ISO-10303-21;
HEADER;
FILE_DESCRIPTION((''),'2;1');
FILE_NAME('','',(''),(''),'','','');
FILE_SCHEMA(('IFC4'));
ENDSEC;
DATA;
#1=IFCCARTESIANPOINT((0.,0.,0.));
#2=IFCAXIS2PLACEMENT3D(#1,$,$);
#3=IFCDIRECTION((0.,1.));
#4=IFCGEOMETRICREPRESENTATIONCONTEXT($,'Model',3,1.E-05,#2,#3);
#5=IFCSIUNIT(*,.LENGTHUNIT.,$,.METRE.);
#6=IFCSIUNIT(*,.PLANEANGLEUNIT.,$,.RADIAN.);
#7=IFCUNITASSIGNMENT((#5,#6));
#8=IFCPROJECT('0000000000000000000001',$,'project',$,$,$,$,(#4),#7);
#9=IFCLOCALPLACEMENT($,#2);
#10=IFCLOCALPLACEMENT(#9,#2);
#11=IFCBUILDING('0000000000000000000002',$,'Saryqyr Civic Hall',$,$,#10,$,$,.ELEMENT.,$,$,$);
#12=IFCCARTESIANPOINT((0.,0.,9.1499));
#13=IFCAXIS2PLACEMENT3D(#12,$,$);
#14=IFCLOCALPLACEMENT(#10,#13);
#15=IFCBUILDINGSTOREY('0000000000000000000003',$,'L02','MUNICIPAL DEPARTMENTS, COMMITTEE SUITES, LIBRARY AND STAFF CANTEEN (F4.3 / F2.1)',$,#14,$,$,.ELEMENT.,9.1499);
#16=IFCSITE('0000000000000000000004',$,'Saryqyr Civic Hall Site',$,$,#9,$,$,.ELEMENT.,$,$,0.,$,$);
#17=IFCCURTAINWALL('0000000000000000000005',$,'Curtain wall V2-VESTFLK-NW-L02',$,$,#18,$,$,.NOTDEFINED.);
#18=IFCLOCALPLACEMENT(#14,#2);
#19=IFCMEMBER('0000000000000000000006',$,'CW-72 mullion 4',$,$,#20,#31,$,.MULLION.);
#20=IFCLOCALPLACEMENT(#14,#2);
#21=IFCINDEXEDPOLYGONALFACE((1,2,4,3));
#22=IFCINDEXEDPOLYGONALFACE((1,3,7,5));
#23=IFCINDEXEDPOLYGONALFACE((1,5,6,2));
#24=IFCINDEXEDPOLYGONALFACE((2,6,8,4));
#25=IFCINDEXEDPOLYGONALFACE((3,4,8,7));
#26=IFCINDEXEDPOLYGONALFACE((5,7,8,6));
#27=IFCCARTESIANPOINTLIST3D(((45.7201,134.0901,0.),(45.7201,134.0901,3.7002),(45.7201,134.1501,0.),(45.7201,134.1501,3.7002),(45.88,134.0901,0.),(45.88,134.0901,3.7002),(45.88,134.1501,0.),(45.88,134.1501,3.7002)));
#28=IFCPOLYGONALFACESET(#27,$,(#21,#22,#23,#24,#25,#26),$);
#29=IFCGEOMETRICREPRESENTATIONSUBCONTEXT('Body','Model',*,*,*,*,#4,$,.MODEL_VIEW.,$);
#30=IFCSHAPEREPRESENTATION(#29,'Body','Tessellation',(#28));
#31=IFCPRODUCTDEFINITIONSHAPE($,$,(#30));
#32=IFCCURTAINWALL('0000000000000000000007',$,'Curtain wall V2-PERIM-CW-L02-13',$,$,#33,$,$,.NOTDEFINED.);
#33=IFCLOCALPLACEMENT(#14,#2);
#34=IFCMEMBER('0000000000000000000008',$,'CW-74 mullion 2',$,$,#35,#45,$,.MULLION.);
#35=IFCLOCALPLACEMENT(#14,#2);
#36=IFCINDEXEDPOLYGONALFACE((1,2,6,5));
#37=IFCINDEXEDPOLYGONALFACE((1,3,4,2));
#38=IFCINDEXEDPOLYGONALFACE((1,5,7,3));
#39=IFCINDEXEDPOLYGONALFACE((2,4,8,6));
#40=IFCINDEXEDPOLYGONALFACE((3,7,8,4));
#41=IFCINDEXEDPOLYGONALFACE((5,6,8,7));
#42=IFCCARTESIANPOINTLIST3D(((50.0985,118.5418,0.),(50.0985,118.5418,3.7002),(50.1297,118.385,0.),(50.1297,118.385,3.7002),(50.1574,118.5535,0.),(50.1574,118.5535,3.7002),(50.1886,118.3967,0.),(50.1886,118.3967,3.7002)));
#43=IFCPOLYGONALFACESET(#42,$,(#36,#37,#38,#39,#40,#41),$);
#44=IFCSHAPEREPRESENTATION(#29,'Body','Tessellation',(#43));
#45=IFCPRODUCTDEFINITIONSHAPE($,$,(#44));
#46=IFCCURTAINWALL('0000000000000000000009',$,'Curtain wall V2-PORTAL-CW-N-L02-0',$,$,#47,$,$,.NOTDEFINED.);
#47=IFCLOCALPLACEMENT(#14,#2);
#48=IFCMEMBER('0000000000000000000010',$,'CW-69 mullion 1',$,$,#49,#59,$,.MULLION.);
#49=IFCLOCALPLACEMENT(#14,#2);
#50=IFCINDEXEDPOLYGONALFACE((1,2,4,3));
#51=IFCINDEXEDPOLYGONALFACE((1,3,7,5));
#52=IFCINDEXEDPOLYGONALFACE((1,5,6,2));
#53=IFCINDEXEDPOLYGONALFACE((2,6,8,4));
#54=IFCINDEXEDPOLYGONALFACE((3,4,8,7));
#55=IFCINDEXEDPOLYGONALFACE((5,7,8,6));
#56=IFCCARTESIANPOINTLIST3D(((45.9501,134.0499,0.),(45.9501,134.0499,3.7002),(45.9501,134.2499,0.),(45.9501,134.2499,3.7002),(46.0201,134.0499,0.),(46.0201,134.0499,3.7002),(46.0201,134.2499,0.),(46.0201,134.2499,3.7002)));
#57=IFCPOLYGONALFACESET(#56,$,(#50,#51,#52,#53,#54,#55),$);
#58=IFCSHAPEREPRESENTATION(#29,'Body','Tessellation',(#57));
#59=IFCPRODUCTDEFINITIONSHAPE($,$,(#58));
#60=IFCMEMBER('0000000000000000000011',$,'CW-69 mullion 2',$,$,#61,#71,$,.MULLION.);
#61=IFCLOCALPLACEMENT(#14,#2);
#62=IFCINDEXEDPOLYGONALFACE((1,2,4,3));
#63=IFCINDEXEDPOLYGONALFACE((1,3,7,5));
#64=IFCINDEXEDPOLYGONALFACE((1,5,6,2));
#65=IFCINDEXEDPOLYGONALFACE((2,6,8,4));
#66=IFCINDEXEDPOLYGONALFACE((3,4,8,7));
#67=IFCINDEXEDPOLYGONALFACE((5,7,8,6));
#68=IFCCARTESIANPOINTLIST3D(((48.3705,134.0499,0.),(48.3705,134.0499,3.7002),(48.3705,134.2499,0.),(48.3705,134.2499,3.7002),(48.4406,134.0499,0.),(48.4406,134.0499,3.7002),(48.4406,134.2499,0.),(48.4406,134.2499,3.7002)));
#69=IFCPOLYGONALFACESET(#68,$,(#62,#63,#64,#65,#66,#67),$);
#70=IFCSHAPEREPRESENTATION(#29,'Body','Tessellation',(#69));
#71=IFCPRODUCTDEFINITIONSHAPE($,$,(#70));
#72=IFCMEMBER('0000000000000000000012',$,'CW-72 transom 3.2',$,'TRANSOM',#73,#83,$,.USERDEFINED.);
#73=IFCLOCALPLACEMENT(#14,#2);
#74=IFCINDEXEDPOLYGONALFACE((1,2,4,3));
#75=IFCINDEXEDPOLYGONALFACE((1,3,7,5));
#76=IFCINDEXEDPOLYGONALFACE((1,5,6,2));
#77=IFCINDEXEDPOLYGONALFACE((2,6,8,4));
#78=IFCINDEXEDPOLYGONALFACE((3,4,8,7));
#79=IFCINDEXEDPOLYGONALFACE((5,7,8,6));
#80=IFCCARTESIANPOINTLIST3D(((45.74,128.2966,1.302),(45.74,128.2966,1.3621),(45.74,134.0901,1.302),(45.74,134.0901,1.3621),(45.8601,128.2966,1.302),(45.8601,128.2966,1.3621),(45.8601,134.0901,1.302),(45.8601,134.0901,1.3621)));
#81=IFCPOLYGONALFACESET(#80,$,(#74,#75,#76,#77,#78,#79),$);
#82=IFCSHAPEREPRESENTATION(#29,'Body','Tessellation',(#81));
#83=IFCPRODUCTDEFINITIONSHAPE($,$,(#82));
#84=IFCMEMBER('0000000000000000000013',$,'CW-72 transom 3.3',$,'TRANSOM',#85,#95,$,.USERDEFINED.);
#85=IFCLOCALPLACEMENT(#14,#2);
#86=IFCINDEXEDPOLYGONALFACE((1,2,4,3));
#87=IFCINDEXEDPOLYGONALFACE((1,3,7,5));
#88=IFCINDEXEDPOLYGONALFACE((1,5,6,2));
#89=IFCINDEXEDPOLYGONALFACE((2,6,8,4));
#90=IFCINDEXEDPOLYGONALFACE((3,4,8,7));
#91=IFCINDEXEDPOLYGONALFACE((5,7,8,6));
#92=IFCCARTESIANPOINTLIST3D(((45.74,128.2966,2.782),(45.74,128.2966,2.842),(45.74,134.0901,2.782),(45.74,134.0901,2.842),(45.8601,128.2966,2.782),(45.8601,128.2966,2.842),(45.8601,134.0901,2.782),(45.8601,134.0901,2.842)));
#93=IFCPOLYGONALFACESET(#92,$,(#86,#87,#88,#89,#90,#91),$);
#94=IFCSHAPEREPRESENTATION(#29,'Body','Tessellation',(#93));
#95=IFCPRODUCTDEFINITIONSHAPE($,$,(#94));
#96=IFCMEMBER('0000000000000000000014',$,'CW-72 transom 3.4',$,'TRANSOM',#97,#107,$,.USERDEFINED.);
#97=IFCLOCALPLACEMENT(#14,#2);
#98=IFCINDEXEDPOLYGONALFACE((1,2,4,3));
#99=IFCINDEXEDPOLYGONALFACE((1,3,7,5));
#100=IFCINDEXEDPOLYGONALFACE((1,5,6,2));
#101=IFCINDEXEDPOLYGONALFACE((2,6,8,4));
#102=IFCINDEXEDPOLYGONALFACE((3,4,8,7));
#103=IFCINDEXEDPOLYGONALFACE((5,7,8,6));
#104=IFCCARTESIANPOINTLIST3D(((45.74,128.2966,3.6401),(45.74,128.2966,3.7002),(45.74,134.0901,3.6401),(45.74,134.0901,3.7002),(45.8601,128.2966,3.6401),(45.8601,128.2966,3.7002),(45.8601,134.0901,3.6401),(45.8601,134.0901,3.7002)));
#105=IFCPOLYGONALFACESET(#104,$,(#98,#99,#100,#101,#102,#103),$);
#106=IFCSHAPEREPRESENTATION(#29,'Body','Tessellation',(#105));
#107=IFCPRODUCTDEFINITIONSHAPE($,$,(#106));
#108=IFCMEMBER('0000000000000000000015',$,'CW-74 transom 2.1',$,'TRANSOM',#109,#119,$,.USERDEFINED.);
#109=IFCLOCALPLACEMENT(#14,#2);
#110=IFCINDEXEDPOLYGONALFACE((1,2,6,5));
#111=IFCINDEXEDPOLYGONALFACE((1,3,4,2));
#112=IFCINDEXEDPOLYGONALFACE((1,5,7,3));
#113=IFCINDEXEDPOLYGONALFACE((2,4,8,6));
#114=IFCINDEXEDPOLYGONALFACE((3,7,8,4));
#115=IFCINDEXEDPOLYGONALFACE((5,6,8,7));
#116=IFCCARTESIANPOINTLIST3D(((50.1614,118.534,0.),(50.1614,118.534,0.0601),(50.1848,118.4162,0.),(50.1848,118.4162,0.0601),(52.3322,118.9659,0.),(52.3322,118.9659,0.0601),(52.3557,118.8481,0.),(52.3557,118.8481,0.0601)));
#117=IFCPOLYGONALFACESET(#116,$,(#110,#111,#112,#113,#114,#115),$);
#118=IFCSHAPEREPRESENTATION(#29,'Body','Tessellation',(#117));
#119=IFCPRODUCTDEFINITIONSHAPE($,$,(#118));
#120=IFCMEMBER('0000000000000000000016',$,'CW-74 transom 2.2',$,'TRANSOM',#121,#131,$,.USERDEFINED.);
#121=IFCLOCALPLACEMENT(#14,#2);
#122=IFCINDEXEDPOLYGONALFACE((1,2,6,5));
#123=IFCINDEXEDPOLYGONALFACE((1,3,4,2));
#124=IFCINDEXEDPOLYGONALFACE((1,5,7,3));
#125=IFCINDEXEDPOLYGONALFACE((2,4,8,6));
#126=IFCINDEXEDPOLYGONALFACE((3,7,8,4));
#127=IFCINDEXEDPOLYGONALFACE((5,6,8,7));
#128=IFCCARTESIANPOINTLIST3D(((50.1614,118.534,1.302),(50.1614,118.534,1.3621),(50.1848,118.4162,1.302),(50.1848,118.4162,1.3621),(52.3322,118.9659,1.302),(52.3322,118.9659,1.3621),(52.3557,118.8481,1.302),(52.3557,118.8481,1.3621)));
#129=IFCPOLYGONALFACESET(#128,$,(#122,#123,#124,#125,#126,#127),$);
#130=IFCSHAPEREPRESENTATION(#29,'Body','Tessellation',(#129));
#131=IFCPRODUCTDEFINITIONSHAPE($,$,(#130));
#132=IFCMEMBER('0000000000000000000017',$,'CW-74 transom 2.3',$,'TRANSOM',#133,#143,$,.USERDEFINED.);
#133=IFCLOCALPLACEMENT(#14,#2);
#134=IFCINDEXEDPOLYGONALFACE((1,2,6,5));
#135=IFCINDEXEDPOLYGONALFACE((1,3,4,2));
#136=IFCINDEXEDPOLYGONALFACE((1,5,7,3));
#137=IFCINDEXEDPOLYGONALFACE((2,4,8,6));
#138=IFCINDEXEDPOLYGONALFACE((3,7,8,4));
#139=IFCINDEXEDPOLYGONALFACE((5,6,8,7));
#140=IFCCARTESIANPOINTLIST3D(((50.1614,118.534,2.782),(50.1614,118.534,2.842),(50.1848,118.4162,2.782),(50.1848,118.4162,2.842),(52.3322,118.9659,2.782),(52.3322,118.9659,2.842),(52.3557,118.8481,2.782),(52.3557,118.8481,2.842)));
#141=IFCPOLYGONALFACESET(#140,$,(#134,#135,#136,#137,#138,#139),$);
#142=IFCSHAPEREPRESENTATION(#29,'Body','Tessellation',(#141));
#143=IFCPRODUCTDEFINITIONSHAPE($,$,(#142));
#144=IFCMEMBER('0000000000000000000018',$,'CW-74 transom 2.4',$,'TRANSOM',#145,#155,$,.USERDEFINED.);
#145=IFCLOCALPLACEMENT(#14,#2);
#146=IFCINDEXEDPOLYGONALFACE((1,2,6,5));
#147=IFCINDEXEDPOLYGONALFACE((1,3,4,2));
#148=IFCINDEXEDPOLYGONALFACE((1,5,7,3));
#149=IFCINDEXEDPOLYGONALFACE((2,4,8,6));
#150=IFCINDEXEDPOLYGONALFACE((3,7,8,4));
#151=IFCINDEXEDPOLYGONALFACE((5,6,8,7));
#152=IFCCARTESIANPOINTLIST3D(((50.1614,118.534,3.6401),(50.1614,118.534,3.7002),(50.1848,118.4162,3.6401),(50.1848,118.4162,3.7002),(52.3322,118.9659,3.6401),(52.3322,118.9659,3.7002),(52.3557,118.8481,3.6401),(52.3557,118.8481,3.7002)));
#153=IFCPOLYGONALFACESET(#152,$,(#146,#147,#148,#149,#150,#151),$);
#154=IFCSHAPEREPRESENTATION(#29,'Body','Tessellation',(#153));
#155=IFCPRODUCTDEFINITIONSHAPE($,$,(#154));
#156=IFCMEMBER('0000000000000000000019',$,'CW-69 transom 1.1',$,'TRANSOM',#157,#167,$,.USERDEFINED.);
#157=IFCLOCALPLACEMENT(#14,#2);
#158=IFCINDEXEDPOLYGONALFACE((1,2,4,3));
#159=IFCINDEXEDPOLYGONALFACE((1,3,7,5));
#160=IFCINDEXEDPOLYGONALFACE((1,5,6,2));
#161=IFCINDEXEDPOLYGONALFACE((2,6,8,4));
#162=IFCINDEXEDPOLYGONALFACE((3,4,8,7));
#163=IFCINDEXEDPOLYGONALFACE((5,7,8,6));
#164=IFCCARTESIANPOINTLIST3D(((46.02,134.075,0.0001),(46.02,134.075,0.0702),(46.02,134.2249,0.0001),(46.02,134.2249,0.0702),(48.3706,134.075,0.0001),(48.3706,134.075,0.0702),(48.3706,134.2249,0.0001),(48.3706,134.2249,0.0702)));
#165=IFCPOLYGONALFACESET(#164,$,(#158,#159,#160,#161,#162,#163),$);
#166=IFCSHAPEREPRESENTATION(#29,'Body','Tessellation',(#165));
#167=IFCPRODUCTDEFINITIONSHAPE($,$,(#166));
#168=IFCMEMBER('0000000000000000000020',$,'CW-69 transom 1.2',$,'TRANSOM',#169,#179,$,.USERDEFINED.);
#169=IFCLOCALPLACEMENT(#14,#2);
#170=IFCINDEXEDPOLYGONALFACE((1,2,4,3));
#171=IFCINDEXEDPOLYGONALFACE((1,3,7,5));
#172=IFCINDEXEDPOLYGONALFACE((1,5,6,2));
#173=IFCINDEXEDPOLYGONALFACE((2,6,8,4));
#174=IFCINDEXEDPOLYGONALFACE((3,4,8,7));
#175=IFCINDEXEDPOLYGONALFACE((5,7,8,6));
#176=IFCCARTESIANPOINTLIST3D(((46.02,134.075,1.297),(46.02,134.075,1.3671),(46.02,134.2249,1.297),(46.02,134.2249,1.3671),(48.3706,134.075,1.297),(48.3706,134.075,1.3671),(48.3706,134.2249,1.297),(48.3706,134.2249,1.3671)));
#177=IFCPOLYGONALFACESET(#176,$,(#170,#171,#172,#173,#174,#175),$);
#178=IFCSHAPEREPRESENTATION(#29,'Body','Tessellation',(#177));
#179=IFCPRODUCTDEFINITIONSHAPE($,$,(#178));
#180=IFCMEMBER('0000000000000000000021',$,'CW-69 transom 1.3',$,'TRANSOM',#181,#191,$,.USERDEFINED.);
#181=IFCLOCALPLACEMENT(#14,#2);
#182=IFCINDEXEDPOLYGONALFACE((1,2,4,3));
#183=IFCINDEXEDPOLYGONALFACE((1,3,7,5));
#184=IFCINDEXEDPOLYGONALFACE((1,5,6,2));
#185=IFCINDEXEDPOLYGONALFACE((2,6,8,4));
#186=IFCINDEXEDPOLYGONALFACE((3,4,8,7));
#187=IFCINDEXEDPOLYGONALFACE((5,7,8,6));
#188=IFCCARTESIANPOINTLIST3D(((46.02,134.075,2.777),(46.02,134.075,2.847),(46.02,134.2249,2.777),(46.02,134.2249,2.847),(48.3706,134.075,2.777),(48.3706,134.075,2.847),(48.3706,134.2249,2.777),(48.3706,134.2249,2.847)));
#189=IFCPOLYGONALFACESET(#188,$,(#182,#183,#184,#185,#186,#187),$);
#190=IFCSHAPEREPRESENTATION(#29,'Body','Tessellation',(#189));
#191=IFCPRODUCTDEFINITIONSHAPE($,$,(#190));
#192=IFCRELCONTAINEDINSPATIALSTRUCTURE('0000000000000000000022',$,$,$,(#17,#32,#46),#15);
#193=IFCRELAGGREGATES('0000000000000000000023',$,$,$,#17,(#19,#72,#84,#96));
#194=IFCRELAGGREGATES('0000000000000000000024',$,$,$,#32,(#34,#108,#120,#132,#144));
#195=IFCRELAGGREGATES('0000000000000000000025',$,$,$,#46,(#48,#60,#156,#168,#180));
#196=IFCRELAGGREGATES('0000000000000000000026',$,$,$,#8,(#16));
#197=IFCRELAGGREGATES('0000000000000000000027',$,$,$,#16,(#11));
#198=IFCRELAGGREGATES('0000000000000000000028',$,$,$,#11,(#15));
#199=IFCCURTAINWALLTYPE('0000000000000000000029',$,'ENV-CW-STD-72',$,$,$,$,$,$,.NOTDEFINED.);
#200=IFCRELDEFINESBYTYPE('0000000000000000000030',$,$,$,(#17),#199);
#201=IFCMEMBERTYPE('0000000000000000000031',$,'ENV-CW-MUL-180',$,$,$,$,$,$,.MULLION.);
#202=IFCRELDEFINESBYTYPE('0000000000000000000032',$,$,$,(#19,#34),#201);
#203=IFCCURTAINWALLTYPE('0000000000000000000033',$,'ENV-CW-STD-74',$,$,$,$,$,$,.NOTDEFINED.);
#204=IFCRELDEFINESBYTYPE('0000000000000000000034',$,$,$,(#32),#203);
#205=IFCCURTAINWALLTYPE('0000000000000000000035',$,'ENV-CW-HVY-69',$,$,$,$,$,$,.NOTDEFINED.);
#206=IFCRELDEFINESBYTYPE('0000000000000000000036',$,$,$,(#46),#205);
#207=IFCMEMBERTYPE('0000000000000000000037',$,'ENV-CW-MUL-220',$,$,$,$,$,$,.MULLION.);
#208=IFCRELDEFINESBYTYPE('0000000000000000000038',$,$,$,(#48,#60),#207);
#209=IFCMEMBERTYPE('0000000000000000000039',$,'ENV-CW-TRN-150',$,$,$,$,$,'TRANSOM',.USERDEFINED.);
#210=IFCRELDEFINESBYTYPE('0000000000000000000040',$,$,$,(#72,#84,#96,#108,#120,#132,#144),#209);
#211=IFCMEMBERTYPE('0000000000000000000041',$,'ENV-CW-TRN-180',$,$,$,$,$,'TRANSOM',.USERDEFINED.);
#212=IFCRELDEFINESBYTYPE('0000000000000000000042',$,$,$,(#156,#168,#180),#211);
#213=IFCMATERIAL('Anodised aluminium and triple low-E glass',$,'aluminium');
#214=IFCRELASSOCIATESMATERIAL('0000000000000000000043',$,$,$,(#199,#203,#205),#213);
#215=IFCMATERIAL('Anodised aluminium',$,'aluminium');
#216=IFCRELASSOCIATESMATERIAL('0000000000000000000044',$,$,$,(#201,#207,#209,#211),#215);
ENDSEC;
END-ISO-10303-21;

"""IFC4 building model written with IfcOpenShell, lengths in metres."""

from ifc_helpers import new_model, si_unit, direction, frame, origin, origin_2d, place, context, subcontext, project, spatial, rectangle, extrude, material, material_profile, profile_set, type_object, element, aggregate, save


model = new_model("IFC4")

# Units and contexts
model_context = context("Model", 3, precision=1e-05, world=origin(), true_north=direction((0.0, 1.0)))
body_context = subcontext(model_context, "Body", "Model", "MODEL_VIEW")
ifc_project = project(units=[si_unit("LENGTHUNIT", "METRE"), si_unit("PLANEANGLEUNIT", "RADIAN")], contexts=[model_context])

# Site, building, storey
site_placement = place(None, origin())
site = spatial("IfcSite", under=ifc_project, at=site_placement, Name="Saryqyr Civic Hall Site", CompositionType="ELEMENT", RefElevation=0.0)
building_placement = place(site_placement, origin())
building = spatial("IfcBuilding", under=site, at=building_placement, Name="Saryqyr Civic Hall", CompositionType="ELEMENT")
storey_placement = place(building_placement, frame((0.0, 0.0, 9.1499)))
storey = spatial("IfcBuildingStorey", under=building, at=storey_placement, Name="L02", Description="MUNICIPAL DEPARTMENTS, COMMITTEE SUITES, LIBRARY AND STAFF CANTEEN (F4.3 / F2.1)", CompositionType="ELEMENT", Elevation=9.1499)

# Curtain walls, members
ifc_material_1 = material(Name="Anodised aluminium and triple low-E glass", Category="aluminium")
curtain_wall_type_1 = type_object("IfcCurtainWallType", Name="ENV-CW-STD-72", PredefinedType="NOTDEFINED", material=ifc_material_1)
curtain_wall_1_placement = place(storey_placement, origin())
curtain_wall_1 = element("IfcCurtainWall", 1, at=curtain_wall_1_placement, inside=storey, type_object=curtain_wall_type_1, Name="Curtain wall V2-VESTFLK-NW-L02", PredefinedType="NOTDEFINED")
ifc_material_2 = material(Name="Anodised aluminium", Category="aluminium")
ifc_material_profile_1 = material_profile(ifc_material_2, rectangle(XDim=0.0601, YDim=0.1599, at=origin_2d()), Name="ALU MULLION 60x160")
ifc_profile_set_1 = profile_set([ifc_material_profile_1], Name="Anodised aluminium")
member_type_1 = type_object("IfcMemberType", Name="ENV-CW-MUL-180", PredefinedType="MULLION", material=ifc_profile_set_1)
member_1_placement = place(storey_placement, frame((45.8, 134.1201, 0.0), z_axis=(0.0, 0.0, 1.0), x_axis=(0.0, 1.0, 0.0)))
member_1 = element("IfcMember", 2, at=member_1_placement, type_object=member_type_1, Name="CW-72 mullion 4", PredefinedType="MULLION", context=body_context, shape_type="SweptSolid", body=[
    extrude(rectangle(XDim=0.0601, YDim=0.1599, at=origin_2d()), origin(), (0.0, 0.0, 1.0), 3.7002),
])
curtain_wall_type_2 = type_object("IfcCurtainWallType", Name="ENV-CW-STD-74", PredefinedType="NOTDEFINED", material=ifc_material_1)
curtain_wall_2_placement = place(storey_placement, origin())
curtain_wall_2 = element("IfcCurtainWall", 3, at=curtain_wall_2_placement, inside=storey, type_object=curtain_wall_type_2, Name="Curtain wall V2-PERIM-CW-L02-13", PredefinedType="NOTDEFINED")
member_2_placement = place(storey_placement, frame((50.1436, 118.4692, 0.0), z_axis=(0.0, 0.0, 1.0), x_axis=(0.980785, 0.195093, 0.0)))
member_2 = element("IfcMember", 4, at=member_2_placement, type_object=member_type_1, Name="CW-74 mullion 2", PredefinedType="MULLION", context=body_context, shape_type="SweptSolid", body=[
    extrude(rectangle(XDim=0.0601, YDim=0.1599, at=origin_2d()), origin(), (0.0, 0.0, 1.0), 3.7002),
])

# Curtain wall, members
curtain_wall_type_3 = type_object("IfcCurtainWallType", Name="ENV-CW-HVY-69", PredefinedType="NOTDEFINED", material=ifc_material_1)
curtain_wall_3_placement = place(storey_placement, origin())
curtain_wall_3 = element("IfcCurtainWall", 5, at=curtain_wall_3_placement, inside=storey, type_object=curtain_wall_type_3, Name="Curtain wall V2-PORTAL-CW-N-L02-0", PredefinedType="NOTDEFINED")
ifc_material_profile_2 = material_profile(ifc_material_2, rectangle(XDim=0.0701, YDim=0.2, at=origin_2d()), Name="ALU MULLION 70x200")
ifc_profile_set_2 = profile_set([ifc_material_profile_2], Name="Anodised aluminium")
member_type_2 = type_object("IfcMemberType", Name="ENV-CW-MUL-220", PredefinedType="MULLION", material=ifc_profile_set_2)
member_3_placement = place(storey_placement, frame((45.9851, 134.1499, 0.0), z_axis=(0.0, 0.0, 1.0), x_axis=(1.0, 0.0, 0.0)))
member_3 = element("IfcMember", 6, at=member_3_placement, type_object=member_type_2, Name="CW-69 mullion 1", PredefinedType="MULLION", context=body_context, shape_type="SweptSolid", body=[
    extrude(rectangle(XDim=0.0701, YDim=0.2, at=origin_2d()), origin(), (0.0, 0.0, 1.0), 3.7002),
])
member_4_placement = place(storey_placement, frame((48.4055, 134.1499, 0.0), z_axis=(0.0, 0.0, 1.0), x_axis=(1.0, 0.0, 0.0)))
member_4 = element("IfcMember", 7, at=member_4_placement, type_object=member_type_2, Name="CW-69 mullion 2", PredefinedType="MULLION", context=body_context, shape_type="SweptSolid", body=[
    extrude(rectangle(XDim=0.0701, YDim=0.2, at=origin_2d()), origin(), (0.0, 0.0, 1.0), 3.7002),
])

# Members
ifc_material_profile_3 = material_profile(ifc_material_2, rectangle(XDim=0.1201, YDim=0.0601, at=origin_2d()), Name="ALU TRANSOM 120x60")
ifc_profile_set_3 = profile_set([ifc_material_profile_3], Name="Anodised aluminium")
member_type_3 = type_object("IfcMemberType", Name="ENV-CW-TRN-150", ElementType="TRANSOM", PredefinedType="USERDEFINED", material=ifc_profile_set_3)
member_5_placement = place(storey_placement, frame((45.8, 128.2966, 1.332), z_axis=(0.0, 1.0, 0.0), x_axis=(-1.0, 0.0, 0.0)))
member_5 = element("IfcMember", 8, at=member_5_placement, type_object=member_type_3, Name="CW-72 transom 3.2", ObjectType="TRANSOM", PredefinedType="USERDEFINED", context=body_context, shape_type="SweptSolid", body=[
    extrude(rectangle(XDim=0.1201, YDim=0.0601, at=origin_2d()), origin(), (0.0, 0.0, 1.0), 5.7935),
])
member_6_placement = place(storey_placement, frame((45.8, 128.2966, 2.812), z_axis=(0.0, 1.0, 0.0), x_axis=(-1.0, 0.0, 0.0)))
member_6 = element("IfcMember", 9, at=member_6_placement, type_object=member_type_3, Name="CW-72 transom 3.3", ObjectType="TRANSOM", PredefinedType="USERDEFINED", context=body_context, shape_type="SweptSolid", body=[
    extrude(rectangle(XDim=0.1201, YDim=0.0601, at=origin_2d()), origin(), (0.0, 0.0, 1.0), 5.7935),
])
member_7_placement = place(storey_placement, frame((45.8, 128.2966, 3.6702), z_axis=(0.0, 1.0, 0.0), x_axis=(-1.0, 0.0, 0.0)))
member_7 = element("IfcMember", 10, at=member_7_placement, type_object=member_type_3, Name="CW-72 transom 3.4", ObjectType="TRANSOM", PredefinedType="USERDEFINED", context=body_context, shape_type="SweptSolid", body=[
    extrude(rectangle(XDim=0.1201, YDim=0.0601, at=origin_2d()), origin(), (0.0, 0.0, 1.0), 5.7935),
])
member_8_placement = place(storey_placement, frame((50.1731, 118.4751, 0.03), z_axis=(0.98078, 0.195119, 0.0), x_axis=(-0.195119, 0.98078, 0.0)))
member_8 = element("IfcMember", 11, at=member_8_placement, type_object=member_type_3, Name="CW-74 transom 2.1", ObjectType="TRANSOM", PredefinedType="USERDEFINED", context=body_context, shape_type="SweptSolid", body=[
    extrude(rectangle(XDim=0.1201, YDim=0.0601, at=origin_2d()), origin(), (0.0, 0.0, 1.0), 2.2134),
])
member_9_placement = place(storey_placement, frame((50.1731, 118.4751, 1.332), z_axis=(0.98078, 0.195119, 0.0), x_axis=(-0.195119, 0.98078, 0.0)))
member_9 = element("IfcMember", 12, at=member_9_placement, type_object=member_type_3, Name="CW-74 transom 2.2", ObjectType="TRANSOM", PredefinedType="USERDEFINED", context=body_context, shape_type="SweptSolid", body=[
    extrude(rectangle(XDim=0.1201, YDim=0.0601, at=origin_2d()), origin(), (0.0, 0.0, 1.0), 2.2134),
])
member_10_placement = place(storey_placement, frame((50.1731, 118.4751, 2.812), z_axis=(0.98078, 0.195119, 0.0), x_axis=(-0.195119, 0.98078, 0.0)))
member_10 = element("IfcMember", 13, at=member_10_placement, type_object=member_type_3, Name="CW-74 transom 2.3", ObjectType="TRANSOM", PredefinedType="USERDEFINED", context=body_context, shape_type="SweptSolid", body=[
    extrude(rectangle(XDim=0.1201, YDim=0.0601, at=origin_2d()), origin(), (0.0, 0.0, 1.0), 2.2134),
])
member_11_placement = place(storey_placement, frame((50.1731, 118.4751, 3.6702), z_axis=(0.98078, 0.195119, 0.0), x_axis=(-0.195119, 0.98078, 0.0)))
member_11 = element("IfcMember", 14, at=member_11_placement, type_object=member_type_3, Name="CW-74 transom 2.4", ObjectType="TRANSOM", PredefinedType="USERDEFINED", context=body_context, shape_type="SweptSolid", body=[
    extrude(rectangle(XDim=0.1201, YDim=0.0601, at=origin_2d()), origin(), (0.0, 0.0, 1.0), 2.2134),
])
ifc_material_profile_4 = material_profile(ifc_material_2, rectangle(XDim=0.1499, YDim=0.0701, at=origin_2d()), Name="ALU TRANSOM 150x70")
ifc_profile_set_4 = profile_set([ifc_material_profile_4], Name="Anodised aluminium")
member_type_4 = type_object("IfcMemberType", Name="ENV-CW-TRN-180", ElementType="TRANSOM", PredefinedType="USERDEFINED", material=ifc_profile_set_4)
member_12_placement = place(storey_placement, frame((46.02, 134.1499, 0.0352), z_axis=(1.0, 0.0, 0.0), x_axis=(0.0, 1.0, 0.0)))
member_12 = element("IfcMember", 15, at=member_12_placement, type_object=member_type_4, Name="CW-69 transom 1.1", ObjectType="TRANSOM", PredefinedType="USERDEFINED", context=body_context, shape_type="SweptSolid", body=[
    extrude(rectangle(XDim=0.1499, YDim=0.0701, at=origin_2d()), origin(), (0.0, 0.0, 1.0), 2.3506),
])
member_13_placement = place(storey_placement, frame((46.02, 134.1499, 1.332), z_axis=(1.0, 0.0, 0.0), x_axis=(0.0, 1.0, 0.0)))
member_13 = element("IfcMember", 16, at=member_13_placement, type_object=member_type_4, Name="CW-69 transom 1.2", ObjectType="TRANSOM", PredefinedType="USERDEFINED", context=body_context, shape_type="SweptSolid", body=[
    extrude(rectangle(XDim=0.1499, YDim=0.0701, at=origin_2d()), origin(), (0.0, 0.0, 1.0), 2.3506),
])
member_14_placement = place(storey_placement, frame((46.02, 134.1499, 2.812), z_axis=(1.0, 0.0, 0.0), x_axis=(0.0, 1.0, 0.0)))
member_14 = element("IfcMember", 17, at=member_14_placement, type_object=member_type_4, Name="CW-69 transom 1.3", ObjectType="TRANSOM", PredefinedType="USERDEFINED", context=body_context, shape_type="SweptSolid", body=[
    extrude(rectangle(XDim=0.1499, YDim=0.0701, at=origin_2d()), origin(), (0.0, 0.0, 1.0), 2.3506),
])

aggregate(curtain_wall_1, [member_1, member_5, member_6, member_7])
aggregate(curtain_wall_2, [member_2, member_8, member_9, member_10, member_11])
aggregate(curtain_wall_3, [member_3, member_4, member_12, member_13, member_14])

save(model, "model.ifc")
